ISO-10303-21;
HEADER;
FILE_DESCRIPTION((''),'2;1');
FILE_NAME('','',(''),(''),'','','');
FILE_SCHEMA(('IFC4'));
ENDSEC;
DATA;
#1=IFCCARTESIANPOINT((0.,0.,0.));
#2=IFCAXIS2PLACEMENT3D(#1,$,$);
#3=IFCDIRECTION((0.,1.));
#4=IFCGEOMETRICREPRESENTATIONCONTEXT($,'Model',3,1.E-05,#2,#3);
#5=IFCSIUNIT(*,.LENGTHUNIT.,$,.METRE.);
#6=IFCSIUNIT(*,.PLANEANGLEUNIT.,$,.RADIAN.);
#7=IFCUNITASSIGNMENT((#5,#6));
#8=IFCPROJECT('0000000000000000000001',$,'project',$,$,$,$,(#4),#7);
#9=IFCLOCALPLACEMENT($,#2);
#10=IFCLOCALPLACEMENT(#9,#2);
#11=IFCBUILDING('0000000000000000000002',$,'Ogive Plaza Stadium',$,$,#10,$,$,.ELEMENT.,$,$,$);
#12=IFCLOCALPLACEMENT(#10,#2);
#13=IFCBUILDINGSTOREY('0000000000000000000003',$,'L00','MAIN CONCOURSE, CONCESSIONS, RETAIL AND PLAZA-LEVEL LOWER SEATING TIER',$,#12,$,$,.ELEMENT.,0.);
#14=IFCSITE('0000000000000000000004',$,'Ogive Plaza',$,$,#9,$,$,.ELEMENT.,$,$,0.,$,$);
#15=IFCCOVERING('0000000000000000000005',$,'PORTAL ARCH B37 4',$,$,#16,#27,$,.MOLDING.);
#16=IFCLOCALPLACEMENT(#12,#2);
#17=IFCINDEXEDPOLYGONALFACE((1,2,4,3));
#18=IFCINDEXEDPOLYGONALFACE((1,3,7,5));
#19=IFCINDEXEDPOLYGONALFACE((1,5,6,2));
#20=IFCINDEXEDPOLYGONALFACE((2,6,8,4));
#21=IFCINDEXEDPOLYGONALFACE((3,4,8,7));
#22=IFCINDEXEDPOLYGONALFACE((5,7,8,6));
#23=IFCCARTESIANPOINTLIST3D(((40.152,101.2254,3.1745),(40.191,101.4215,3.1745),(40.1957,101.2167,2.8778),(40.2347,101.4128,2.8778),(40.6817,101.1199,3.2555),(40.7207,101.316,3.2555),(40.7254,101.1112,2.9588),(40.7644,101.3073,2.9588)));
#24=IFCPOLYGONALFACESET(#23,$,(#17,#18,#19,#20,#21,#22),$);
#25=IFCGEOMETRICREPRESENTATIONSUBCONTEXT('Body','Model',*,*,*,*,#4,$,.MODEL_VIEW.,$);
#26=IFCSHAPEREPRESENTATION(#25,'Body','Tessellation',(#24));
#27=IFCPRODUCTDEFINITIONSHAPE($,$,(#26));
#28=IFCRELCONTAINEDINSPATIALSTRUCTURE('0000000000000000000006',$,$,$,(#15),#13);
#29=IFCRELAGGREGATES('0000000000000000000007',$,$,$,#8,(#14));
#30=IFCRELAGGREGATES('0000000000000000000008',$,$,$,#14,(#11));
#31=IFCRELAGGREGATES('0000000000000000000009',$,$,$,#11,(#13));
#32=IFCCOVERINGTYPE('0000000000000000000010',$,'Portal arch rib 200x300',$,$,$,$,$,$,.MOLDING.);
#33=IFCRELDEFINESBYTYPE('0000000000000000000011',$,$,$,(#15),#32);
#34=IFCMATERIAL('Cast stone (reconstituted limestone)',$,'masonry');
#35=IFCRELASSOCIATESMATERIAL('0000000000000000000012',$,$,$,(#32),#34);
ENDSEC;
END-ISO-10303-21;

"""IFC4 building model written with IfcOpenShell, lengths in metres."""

from ifc_helpers import new_model, si_unit, direction, frame, origin, origin_2d, place, context, subcontext, project, spatial, rectangle, extrude, material, material_profile, profile_set, type_object, element, save


model = new_model("IFC4")

# Units and contexts
model_context = context("Model", 3, precision=1e-05, world=origin(), true_north=direction((0.0, 1.0)))
body_context = subcontext(model_context, "Body", "Model", "MODEL_VIEW")
ifc_project = project(units=[si_unit("LENGTHUNIT", "METRE"), si_unit("PLANEANGLEUNIT", "RADIAN")], contexts=[model_context])

# Site, building, storey
site_placement = place(None, origin())
site = spatial("IfcSite", under=ifc_project, at=site_placement, Name="Ogive Plaza", CompositionType="ELEMENT", RefElevation=0.0)
building_placement = place(site_placement, origin())
building = spatial("IfcBuilding", under=site, at=building_placement, Name="Ogive Plaza Stadium", CompositionType="ELEMENT")
storey_placement = place(building_placement, origin())
storey = spatial("IfcBuildingStorey", under=building, at=storey_placement, Name="L00", Description="MAIN CONCOURSE, CONCESSIONS, RETAIL AND PLAZA-LEVEL LOWER SEATING TIER", CompositionType="ELEMENT", Elevation=0.0)

# Covering
ifc_material_1 = material(Name="Cast stone (reconstituted limestone)", Category="masonry")
ifc_material_profile_1 = material_profile(ifc_material_1, rectangle(XDim=0.2, YDim=0.3, at=origin_2d()), Name="Cast stone 200x300")
ifc_profile_set_1 = profile_set([ifc_material_profile_1], Name="Cast stone (reconstituted limestone)")
covering_type = type_object("IfcCoveringType", Name="Portal arch rib 200x300", PredefinedType="MOLDING", material=ifc_profile_set_1)
covering_1_placement = place(storey_placement, frame((40.1934, 101.3191, 3.0261), z_axis=(0.969896, -0.193085, 0.14839), x_axis=(0.195247, 0.980754, 0.0)))
element("IfcCovering", 1, at=covering_1_placement, inside=storey, type_object=covering_type, Name="PORTAL ARCH B37 4", PredefinedType="MOLDING", context=body_context, shape_type="SweptSolid", body=[
    extrude(rectangle(XDim=0.2, YDim=0.3, at=origin_2d()), origin(), (0.0, 0.0, 1.0), 0.5461),
])

save(model, "model.ifc")
